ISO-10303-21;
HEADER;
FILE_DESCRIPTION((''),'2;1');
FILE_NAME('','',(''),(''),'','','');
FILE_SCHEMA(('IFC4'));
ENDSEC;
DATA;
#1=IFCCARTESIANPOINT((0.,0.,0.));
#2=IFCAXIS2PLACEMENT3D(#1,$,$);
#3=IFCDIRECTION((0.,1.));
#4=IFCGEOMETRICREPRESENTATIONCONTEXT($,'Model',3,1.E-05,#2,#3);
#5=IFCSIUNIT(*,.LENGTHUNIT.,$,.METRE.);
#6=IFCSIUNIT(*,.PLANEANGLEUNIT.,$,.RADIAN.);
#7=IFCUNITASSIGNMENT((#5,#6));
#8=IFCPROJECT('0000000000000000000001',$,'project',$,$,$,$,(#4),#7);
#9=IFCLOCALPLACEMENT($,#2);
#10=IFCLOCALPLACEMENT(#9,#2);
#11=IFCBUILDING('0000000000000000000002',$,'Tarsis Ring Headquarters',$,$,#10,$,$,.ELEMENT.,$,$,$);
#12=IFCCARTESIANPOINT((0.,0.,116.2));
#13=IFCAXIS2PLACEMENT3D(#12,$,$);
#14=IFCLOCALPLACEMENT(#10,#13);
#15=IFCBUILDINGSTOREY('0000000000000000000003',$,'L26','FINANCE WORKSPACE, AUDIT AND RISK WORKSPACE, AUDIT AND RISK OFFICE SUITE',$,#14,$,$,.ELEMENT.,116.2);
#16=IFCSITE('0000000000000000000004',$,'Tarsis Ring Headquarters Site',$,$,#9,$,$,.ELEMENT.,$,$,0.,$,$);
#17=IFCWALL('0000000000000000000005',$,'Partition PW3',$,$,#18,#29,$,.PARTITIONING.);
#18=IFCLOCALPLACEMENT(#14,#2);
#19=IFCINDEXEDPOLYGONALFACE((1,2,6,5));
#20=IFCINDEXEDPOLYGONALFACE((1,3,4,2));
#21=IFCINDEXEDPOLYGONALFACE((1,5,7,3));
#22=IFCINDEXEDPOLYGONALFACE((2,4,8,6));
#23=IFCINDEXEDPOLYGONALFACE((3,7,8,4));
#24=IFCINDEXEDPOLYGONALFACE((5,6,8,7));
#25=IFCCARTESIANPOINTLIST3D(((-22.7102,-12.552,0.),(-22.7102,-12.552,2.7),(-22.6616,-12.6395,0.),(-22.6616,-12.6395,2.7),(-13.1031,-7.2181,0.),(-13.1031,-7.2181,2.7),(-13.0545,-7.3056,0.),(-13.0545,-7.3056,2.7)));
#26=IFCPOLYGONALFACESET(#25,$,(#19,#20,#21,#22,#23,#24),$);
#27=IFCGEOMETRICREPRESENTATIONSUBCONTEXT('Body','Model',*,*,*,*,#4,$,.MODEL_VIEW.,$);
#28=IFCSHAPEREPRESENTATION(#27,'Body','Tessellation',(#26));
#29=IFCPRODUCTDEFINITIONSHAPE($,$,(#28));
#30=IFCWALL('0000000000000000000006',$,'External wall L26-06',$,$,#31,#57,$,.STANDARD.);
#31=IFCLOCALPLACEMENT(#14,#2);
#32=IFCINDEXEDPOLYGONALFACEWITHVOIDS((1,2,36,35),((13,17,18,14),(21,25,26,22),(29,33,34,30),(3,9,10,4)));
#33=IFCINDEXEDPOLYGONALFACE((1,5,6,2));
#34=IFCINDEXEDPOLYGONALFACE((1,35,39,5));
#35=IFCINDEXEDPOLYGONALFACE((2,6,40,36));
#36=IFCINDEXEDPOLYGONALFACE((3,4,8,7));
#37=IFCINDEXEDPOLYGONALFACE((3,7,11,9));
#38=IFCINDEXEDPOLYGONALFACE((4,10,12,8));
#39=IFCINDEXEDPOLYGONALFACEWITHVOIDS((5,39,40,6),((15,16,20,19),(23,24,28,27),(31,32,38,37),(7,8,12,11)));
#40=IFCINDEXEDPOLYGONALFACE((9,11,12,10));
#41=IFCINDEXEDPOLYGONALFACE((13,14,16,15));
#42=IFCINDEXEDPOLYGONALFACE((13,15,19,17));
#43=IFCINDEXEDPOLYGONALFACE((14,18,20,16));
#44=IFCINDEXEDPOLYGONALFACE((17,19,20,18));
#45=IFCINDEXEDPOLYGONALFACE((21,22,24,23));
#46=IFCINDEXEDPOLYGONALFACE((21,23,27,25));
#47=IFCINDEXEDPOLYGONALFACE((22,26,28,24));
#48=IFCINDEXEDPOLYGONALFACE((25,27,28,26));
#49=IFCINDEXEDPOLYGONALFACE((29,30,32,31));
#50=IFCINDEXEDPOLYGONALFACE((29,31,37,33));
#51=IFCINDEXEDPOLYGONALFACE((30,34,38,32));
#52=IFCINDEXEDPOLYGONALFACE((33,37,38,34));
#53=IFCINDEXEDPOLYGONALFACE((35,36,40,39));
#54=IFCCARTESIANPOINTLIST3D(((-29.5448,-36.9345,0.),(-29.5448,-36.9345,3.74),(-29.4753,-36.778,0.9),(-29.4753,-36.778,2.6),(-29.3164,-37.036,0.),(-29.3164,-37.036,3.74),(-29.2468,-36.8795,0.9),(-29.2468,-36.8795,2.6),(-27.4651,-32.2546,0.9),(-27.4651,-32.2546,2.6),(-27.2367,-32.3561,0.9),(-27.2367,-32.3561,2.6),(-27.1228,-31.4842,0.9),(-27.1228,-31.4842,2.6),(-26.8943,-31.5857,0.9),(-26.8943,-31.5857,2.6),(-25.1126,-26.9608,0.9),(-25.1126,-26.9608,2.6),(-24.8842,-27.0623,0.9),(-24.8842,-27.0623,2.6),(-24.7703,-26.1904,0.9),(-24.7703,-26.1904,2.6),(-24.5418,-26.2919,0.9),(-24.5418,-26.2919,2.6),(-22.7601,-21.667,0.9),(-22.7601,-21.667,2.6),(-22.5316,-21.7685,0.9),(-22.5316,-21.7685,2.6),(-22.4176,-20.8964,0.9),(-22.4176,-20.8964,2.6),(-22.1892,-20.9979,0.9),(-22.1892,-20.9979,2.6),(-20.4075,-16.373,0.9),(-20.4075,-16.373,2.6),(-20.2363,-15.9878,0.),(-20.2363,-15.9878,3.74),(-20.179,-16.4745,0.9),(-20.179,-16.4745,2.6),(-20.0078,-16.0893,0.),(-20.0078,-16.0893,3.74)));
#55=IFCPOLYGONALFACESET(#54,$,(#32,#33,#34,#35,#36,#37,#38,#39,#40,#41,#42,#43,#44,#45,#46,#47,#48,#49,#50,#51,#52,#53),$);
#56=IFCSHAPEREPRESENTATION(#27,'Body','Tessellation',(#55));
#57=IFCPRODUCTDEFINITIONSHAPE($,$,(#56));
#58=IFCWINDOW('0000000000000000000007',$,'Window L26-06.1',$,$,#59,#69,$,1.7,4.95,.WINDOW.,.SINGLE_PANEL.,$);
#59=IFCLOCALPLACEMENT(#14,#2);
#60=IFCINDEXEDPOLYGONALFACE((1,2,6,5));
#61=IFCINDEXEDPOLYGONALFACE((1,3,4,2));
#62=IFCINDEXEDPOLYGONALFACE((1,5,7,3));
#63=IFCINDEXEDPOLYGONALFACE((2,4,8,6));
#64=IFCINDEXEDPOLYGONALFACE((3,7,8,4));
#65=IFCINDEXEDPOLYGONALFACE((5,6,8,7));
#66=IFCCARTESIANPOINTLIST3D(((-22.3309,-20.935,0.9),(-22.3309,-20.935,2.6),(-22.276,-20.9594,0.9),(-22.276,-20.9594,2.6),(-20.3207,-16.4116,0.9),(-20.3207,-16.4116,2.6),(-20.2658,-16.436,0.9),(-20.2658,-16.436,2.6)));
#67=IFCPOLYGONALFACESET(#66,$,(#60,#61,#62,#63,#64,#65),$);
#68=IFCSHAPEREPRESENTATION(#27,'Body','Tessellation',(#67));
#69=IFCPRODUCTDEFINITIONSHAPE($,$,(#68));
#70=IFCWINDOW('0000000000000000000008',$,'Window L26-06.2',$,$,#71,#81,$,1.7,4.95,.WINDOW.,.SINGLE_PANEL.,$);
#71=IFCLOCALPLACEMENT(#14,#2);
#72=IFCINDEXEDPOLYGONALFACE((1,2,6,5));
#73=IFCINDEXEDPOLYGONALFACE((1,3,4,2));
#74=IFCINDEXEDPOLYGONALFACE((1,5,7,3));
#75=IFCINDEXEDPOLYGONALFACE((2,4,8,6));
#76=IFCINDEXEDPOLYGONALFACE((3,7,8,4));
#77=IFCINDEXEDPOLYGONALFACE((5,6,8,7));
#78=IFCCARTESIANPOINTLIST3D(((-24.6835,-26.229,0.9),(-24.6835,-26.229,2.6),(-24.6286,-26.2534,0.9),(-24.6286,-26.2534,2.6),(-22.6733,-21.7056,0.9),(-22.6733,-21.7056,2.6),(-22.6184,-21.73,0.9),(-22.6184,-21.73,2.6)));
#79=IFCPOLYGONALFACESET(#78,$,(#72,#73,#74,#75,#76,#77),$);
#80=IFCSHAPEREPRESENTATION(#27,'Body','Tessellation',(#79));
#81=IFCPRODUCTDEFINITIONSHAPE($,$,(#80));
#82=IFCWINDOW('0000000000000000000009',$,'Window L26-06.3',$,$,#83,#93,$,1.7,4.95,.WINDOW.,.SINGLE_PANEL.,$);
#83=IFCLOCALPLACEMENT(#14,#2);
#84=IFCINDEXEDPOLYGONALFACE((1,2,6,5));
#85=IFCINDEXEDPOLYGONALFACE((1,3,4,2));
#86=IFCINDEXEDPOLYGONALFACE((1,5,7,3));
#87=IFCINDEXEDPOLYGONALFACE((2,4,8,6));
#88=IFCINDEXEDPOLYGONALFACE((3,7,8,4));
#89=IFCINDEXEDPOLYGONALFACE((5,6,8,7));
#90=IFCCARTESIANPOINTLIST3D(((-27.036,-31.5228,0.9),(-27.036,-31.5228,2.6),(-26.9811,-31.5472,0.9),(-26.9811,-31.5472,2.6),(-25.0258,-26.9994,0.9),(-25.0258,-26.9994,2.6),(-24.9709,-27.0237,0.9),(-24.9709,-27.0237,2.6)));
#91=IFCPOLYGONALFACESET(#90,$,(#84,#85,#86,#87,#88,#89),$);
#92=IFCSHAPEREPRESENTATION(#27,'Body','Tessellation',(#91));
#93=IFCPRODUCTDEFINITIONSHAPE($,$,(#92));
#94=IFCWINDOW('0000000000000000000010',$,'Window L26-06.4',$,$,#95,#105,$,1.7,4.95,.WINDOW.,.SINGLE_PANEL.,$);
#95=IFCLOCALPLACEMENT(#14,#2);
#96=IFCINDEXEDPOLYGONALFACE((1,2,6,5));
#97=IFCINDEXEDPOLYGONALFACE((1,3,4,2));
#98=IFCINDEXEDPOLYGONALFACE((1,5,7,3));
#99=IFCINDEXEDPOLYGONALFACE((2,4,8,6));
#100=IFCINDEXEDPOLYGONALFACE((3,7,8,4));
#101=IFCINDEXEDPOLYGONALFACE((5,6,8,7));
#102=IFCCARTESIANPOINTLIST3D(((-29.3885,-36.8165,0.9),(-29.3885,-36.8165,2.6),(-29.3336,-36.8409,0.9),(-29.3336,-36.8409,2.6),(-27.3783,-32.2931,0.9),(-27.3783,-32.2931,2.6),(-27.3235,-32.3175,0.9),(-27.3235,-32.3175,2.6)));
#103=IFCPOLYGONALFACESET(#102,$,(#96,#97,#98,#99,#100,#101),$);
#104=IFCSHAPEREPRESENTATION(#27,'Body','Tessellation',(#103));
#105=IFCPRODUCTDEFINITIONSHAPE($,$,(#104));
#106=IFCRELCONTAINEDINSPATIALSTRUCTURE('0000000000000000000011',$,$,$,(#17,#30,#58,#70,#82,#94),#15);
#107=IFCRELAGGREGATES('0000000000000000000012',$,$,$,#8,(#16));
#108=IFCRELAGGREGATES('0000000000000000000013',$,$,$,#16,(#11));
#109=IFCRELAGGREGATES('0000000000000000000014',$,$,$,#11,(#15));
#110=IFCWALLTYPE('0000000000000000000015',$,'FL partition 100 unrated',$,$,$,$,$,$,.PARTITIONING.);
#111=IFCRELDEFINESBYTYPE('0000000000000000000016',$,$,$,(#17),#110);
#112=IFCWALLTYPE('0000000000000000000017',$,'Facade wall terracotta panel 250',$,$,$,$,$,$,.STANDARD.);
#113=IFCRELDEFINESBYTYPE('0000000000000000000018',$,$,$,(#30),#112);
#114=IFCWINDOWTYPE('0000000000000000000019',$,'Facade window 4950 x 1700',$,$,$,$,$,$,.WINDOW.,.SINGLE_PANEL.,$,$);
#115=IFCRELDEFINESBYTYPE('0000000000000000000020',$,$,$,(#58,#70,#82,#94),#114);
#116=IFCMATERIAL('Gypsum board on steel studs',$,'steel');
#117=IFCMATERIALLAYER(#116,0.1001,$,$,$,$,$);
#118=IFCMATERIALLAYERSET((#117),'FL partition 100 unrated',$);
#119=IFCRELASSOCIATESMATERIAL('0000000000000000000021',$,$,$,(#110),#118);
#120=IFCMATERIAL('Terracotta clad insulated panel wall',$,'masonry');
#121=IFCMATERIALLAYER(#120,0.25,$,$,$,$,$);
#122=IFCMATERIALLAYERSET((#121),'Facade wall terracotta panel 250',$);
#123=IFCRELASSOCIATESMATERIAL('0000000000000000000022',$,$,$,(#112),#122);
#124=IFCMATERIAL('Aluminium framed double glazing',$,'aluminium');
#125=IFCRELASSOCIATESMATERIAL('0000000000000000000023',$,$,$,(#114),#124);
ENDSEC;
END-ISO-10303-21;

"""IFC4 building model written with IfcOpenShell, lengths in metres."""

from ifc_helpers import new_model, si_unit, direction, frame, frame_2d, origin, place, context, subcontext, project, spatial, rectangle, extrude, material, layer, layer_set, type_object, element, fill, save


model = new_model("IFC4")

# Units and contexts
model_context = context("Model", 3, precision=1e-05, world=origin(), true_north=direction((0.0, 1.0)))
body_context = subcontext(model_context, "Body", "Model", "MODEL_VIEW")
ifc_project = project(units=[si_unit("LENGTHUNIT", "METRE"), si_unit("PLANEANGLEUNIT", "RADIAN")], contexts=[model_context])

# Site, building, storey
site_placement = place(None, origin())
site = spatial("IfcSite", under=ifc_project, at=site_placement, Name="Tarsis Ring Headquarters Site", CompositionType="ELEMENT", RefElevation=0.0)
building_placement = place(site_placement, origin())
building = spatial("IfcBuilding", under=site, at=building_placement, Name="Tarsis Ring Headquarters", CompositionType="ELEMENT")
storey_placement = place(building_placement, frame((0.0, 0.0, 116.2)))
storey = spatial("IfcBuildingStorey", under=building, at=storey_placement, Name="L26", Description="FINANCE WORKSPACE, AUDIT AND RISK WORKSPACE, AUDIT AND RISK OFFICE SUITE", CompositionType="ELEMENT", Elevation=116.2)

# Wall
ifc_material_1 = material(Name="Gypsum board on steel studs", Category="steel")
ifc_layer_1 = layer(ifc_material_1, 0.1001)
ifc_layer_set_1 = layer_set([ifc_layer_1], Name="FL partition 100 unrated")
wall_type_1 = type_object("IfcWallType", Name="FL partition 100 unrated", PredefinedType="PARTITIONING", material=ifc_layer_set_1)
wall_1_placement = place(storey_placement, frame((-22.6858, -12.5957, 0.0), z_axis=(0.0, 0.0, 1.0), x_axis=(0.874286, 0.485411, 0.0)))
element("IfcWall", 1, at=wall_1_placement, inside=storey, type_object=wall_type_1, Name="Partition PW3", PredefinedType="PARTITIONING", context=body_context, shape_type="SweptSolid", body=[
    extrude(rectangle(XDim=10.9885, YDim=0.1001, at=frame_2d((5.4941, 0.0))), origin(), (0.0, 0.0, 1.0), 2.7),
])

# Wall, openings, windows
ifc_material_2 = material(Name="Terracotta clad insulated panel wall", Category="masonry")
ifc_layer_2 = layer(ifc_material_2, 0.25)
ifc_layer_set_2 = layer_set([ifc_layer_2], Name="Facade wall terracotta panel 250")
wall_type_2 = type_object("IfcWallType", Name="Facade wall terracotta panel 250", PredefinedType="STANDARD", material=ifc_layer_set_2)
wall_2_placement = place(storey_placement, frame((-20.1221, -16.0386, 0.0), z_axis=(0.0, 0.0, 1.0), x_axis=(-0.406099, -0.913829, 0.0)))
wall_2 = element("IfcWall", 2, at=wall_2_placement, inside=storey, type_object=wall_type_2, Name="External wall L26-06", PredefinedType="STANDARD", context=body_context, shape_type="SweptSolid", body=[
    extrude(rectangle(XDim=22.9219, YDim=0.25, at=frame_2d((11.4609, 0.0))), origin(), (0.0, 0.0, 1.0), 3.74),
])
opening_1_placement = place(wall_2_placement, frame((0.4214, 0.0, 0.8999)))
opening_1 = element("IfcOpeningElement", 3, at=opening_1_placement, cuts=wall_2, PredefinedType="OPENING", context=body_context, shape_type="SweptSolid", body=[
    extrude(rectangle(XDim=4.95, YDim=1.7, at=frame_2d((2.4751, 0.8501))), frame((0.0, 0.135, 0.0), z_axis=(0.0, -1.0, 0.0), x_axis=(1.0, 0.0, 0.0)), (0.0, 0.0, 1.0), 0.27),
])
opening_2_placement = place(wall_2_placement, frame((6.2146, 0.0, 0.8999)))
opening_2 = element("IfcOpeningElement", 4, at=opening_2_placement, cuts=wall_2, PredefinedType="OPENING", context=body_context, shape_type="SweptSolid", body=[
    extrude(rectangle(XDim=4.95, YDim=1.7, at=frame_2d((2.4751, 0.8501))), frame((0.0, 0.135, 0.0), z_axis=(0.0, -1.0, 0.0), x_axis=(1.0, 0.0, 0.0)), (0.0, 0.0, 1.0), 0.27),
])
opening_3_placement = place(wall_2_placement, frame((12.0076, 0.0, 0.8999)))
opening_3 = element("IfcOpeningElement", 5, at=opening_3_placement, cuts=wall_2, PredefinedType="OPENING", context=body_context, shape_type="SweptSolid", body=[
    extrude(rectangle(XDim=4.95, YDim=1.7, at=frame_2d((2.4751, 0.8501))), frame((0.0, 0.135, 0.0), z_axis=(0.0, -1.0, 0.0), x_axis=(1.0, 0.0, 0.0)), (0.0, 0.0, 1.0), 0.27),
])
opening_4_placement = place(wall_2_placement, frame((17.8005, 0.0, 0.8999)))
opening_4 = element("IfcOpeningElement", 6, at=opening_4_placement, cuts=wall_2, PredefinedType="OPENING", context=body_context, shape_type="SweptSolid", body=[
    extrude(rectangle(XDim=4.95, YDim=1.7, at=frame_2d((2.4751, 0.8501))), frame((0.0, 0.135, 0.0), z_axis=(0.0, -1.0, 0.0), x_axis=(1.0, 0.0, 0.0)), (0.0, 0.0, 1.0), 0.27),
])
ifc_material_3 = material(Name="Aluminium framed double glazing", Category="aluminium")
window_type = type_object("IfcWindowType", Name="Facade window 4950 x 1700", PartitioningType="SINGLE_PANEL", PredefinedType="WINDOW", material=ifc_material_3)
window_1_placement = place(opening_1_placement, origin())
window_1 = element("IfcWindow", 7, at=window_1_placement, inside=storey, type_object=window_type, Name="Window L26-06.1", OverallHeight=1.7, OverallWidth=4.95, PartitioningType="SINGLE_PANEL", PredefinedType="WINDOW", context=body_context, shape_type="SweptSolid", body=[
    extrude(rectangle(XDim=4.95, YDim=1.7, at=frame_2d((2.4751, 0.8501))), frame((0.0, 0.03, 0.0), z_axis=(0.0, -1.0, 0.0), x_axis=(1.0, 0.0, 0.0)), (0.0, 0.0, 1.0), 0.0601),
])
fill(opening_1, window_1)
window_2_placement = place(opening_2_placement, origin())
window_2 = element("IfcWindow", 8, at=window_2_placement, inside=storey, type_object=window_type, Name="Window L26-06.2", OverallHeight=1.7, OverallWidth=4.95, PartitioningType="SINGLE_PANEL", PredefinedType="WINDOW", context=body_context, shape_type="SweptSolid", body=[
    extrude(rectangle(XDim=4.95, YDim=1.7, at=frame_2d((2.4751, 0.8501))), frame((0.0, 0.03, 0.0), z_axis=(0.0, -1.0, 0.0), x_axis=(1.0, 0.0, 0.0)), (0.0, 0.0, 1.0), 0.0601),
])
fill(opening_2, window_2)
window_3_placement = place(opening_3_placement, origin())
window_3 = element("IfcWindow", 9, at=window_3_placement, inside=storey, type_object=window_type, Name="Window L26-06.3", OverallHeight=1.7, OverallWidth=4.95, PartitioningType="SINGLE_PANEL", PredefinedType="WINDOW", context=body_context, shape_type="SweptSolid", body=[
    extrude(rectangle(XDim=4.95, YDim=1.7, at=frame_2d((2.4751, 0.8501))), frame((0.0, 0.03, 0.0), z_axis=(0.0, -1.0, 0.0), x_axis=(1.0, 0.0, 0.0)), (0.0, 0.0, 1.0), 0.0601),
])
fill(opening_3, window_3)
window_4_placement = place(opening_4_placement, origin())
window_4 = element("IfcWindow", 10, at=window_4_placement, inside=storey, type_object=window_type, Name="Window L26-06.4", OverallHeight=1.7, OverallWidth=4.95, PartitioningType="SINGLE_PANEL", PredefinedType="WINDOW", context=body_context, shape_type="SweptSolid", body=[
    extrude(rectangle(XDim=4.95, YDim=1.7, at=frame_2d((2.4751, 0.8501))), frame((0.0, 0.03, 0.0), z_axis=(0.0, -1.0, 0.0), x_axis=(1.0, 0.0, 0.0)), (0.0, 0.0, 1.0), 0.0601),
])
fill(opening_4, window_4)

save(model, "model.ifc")
